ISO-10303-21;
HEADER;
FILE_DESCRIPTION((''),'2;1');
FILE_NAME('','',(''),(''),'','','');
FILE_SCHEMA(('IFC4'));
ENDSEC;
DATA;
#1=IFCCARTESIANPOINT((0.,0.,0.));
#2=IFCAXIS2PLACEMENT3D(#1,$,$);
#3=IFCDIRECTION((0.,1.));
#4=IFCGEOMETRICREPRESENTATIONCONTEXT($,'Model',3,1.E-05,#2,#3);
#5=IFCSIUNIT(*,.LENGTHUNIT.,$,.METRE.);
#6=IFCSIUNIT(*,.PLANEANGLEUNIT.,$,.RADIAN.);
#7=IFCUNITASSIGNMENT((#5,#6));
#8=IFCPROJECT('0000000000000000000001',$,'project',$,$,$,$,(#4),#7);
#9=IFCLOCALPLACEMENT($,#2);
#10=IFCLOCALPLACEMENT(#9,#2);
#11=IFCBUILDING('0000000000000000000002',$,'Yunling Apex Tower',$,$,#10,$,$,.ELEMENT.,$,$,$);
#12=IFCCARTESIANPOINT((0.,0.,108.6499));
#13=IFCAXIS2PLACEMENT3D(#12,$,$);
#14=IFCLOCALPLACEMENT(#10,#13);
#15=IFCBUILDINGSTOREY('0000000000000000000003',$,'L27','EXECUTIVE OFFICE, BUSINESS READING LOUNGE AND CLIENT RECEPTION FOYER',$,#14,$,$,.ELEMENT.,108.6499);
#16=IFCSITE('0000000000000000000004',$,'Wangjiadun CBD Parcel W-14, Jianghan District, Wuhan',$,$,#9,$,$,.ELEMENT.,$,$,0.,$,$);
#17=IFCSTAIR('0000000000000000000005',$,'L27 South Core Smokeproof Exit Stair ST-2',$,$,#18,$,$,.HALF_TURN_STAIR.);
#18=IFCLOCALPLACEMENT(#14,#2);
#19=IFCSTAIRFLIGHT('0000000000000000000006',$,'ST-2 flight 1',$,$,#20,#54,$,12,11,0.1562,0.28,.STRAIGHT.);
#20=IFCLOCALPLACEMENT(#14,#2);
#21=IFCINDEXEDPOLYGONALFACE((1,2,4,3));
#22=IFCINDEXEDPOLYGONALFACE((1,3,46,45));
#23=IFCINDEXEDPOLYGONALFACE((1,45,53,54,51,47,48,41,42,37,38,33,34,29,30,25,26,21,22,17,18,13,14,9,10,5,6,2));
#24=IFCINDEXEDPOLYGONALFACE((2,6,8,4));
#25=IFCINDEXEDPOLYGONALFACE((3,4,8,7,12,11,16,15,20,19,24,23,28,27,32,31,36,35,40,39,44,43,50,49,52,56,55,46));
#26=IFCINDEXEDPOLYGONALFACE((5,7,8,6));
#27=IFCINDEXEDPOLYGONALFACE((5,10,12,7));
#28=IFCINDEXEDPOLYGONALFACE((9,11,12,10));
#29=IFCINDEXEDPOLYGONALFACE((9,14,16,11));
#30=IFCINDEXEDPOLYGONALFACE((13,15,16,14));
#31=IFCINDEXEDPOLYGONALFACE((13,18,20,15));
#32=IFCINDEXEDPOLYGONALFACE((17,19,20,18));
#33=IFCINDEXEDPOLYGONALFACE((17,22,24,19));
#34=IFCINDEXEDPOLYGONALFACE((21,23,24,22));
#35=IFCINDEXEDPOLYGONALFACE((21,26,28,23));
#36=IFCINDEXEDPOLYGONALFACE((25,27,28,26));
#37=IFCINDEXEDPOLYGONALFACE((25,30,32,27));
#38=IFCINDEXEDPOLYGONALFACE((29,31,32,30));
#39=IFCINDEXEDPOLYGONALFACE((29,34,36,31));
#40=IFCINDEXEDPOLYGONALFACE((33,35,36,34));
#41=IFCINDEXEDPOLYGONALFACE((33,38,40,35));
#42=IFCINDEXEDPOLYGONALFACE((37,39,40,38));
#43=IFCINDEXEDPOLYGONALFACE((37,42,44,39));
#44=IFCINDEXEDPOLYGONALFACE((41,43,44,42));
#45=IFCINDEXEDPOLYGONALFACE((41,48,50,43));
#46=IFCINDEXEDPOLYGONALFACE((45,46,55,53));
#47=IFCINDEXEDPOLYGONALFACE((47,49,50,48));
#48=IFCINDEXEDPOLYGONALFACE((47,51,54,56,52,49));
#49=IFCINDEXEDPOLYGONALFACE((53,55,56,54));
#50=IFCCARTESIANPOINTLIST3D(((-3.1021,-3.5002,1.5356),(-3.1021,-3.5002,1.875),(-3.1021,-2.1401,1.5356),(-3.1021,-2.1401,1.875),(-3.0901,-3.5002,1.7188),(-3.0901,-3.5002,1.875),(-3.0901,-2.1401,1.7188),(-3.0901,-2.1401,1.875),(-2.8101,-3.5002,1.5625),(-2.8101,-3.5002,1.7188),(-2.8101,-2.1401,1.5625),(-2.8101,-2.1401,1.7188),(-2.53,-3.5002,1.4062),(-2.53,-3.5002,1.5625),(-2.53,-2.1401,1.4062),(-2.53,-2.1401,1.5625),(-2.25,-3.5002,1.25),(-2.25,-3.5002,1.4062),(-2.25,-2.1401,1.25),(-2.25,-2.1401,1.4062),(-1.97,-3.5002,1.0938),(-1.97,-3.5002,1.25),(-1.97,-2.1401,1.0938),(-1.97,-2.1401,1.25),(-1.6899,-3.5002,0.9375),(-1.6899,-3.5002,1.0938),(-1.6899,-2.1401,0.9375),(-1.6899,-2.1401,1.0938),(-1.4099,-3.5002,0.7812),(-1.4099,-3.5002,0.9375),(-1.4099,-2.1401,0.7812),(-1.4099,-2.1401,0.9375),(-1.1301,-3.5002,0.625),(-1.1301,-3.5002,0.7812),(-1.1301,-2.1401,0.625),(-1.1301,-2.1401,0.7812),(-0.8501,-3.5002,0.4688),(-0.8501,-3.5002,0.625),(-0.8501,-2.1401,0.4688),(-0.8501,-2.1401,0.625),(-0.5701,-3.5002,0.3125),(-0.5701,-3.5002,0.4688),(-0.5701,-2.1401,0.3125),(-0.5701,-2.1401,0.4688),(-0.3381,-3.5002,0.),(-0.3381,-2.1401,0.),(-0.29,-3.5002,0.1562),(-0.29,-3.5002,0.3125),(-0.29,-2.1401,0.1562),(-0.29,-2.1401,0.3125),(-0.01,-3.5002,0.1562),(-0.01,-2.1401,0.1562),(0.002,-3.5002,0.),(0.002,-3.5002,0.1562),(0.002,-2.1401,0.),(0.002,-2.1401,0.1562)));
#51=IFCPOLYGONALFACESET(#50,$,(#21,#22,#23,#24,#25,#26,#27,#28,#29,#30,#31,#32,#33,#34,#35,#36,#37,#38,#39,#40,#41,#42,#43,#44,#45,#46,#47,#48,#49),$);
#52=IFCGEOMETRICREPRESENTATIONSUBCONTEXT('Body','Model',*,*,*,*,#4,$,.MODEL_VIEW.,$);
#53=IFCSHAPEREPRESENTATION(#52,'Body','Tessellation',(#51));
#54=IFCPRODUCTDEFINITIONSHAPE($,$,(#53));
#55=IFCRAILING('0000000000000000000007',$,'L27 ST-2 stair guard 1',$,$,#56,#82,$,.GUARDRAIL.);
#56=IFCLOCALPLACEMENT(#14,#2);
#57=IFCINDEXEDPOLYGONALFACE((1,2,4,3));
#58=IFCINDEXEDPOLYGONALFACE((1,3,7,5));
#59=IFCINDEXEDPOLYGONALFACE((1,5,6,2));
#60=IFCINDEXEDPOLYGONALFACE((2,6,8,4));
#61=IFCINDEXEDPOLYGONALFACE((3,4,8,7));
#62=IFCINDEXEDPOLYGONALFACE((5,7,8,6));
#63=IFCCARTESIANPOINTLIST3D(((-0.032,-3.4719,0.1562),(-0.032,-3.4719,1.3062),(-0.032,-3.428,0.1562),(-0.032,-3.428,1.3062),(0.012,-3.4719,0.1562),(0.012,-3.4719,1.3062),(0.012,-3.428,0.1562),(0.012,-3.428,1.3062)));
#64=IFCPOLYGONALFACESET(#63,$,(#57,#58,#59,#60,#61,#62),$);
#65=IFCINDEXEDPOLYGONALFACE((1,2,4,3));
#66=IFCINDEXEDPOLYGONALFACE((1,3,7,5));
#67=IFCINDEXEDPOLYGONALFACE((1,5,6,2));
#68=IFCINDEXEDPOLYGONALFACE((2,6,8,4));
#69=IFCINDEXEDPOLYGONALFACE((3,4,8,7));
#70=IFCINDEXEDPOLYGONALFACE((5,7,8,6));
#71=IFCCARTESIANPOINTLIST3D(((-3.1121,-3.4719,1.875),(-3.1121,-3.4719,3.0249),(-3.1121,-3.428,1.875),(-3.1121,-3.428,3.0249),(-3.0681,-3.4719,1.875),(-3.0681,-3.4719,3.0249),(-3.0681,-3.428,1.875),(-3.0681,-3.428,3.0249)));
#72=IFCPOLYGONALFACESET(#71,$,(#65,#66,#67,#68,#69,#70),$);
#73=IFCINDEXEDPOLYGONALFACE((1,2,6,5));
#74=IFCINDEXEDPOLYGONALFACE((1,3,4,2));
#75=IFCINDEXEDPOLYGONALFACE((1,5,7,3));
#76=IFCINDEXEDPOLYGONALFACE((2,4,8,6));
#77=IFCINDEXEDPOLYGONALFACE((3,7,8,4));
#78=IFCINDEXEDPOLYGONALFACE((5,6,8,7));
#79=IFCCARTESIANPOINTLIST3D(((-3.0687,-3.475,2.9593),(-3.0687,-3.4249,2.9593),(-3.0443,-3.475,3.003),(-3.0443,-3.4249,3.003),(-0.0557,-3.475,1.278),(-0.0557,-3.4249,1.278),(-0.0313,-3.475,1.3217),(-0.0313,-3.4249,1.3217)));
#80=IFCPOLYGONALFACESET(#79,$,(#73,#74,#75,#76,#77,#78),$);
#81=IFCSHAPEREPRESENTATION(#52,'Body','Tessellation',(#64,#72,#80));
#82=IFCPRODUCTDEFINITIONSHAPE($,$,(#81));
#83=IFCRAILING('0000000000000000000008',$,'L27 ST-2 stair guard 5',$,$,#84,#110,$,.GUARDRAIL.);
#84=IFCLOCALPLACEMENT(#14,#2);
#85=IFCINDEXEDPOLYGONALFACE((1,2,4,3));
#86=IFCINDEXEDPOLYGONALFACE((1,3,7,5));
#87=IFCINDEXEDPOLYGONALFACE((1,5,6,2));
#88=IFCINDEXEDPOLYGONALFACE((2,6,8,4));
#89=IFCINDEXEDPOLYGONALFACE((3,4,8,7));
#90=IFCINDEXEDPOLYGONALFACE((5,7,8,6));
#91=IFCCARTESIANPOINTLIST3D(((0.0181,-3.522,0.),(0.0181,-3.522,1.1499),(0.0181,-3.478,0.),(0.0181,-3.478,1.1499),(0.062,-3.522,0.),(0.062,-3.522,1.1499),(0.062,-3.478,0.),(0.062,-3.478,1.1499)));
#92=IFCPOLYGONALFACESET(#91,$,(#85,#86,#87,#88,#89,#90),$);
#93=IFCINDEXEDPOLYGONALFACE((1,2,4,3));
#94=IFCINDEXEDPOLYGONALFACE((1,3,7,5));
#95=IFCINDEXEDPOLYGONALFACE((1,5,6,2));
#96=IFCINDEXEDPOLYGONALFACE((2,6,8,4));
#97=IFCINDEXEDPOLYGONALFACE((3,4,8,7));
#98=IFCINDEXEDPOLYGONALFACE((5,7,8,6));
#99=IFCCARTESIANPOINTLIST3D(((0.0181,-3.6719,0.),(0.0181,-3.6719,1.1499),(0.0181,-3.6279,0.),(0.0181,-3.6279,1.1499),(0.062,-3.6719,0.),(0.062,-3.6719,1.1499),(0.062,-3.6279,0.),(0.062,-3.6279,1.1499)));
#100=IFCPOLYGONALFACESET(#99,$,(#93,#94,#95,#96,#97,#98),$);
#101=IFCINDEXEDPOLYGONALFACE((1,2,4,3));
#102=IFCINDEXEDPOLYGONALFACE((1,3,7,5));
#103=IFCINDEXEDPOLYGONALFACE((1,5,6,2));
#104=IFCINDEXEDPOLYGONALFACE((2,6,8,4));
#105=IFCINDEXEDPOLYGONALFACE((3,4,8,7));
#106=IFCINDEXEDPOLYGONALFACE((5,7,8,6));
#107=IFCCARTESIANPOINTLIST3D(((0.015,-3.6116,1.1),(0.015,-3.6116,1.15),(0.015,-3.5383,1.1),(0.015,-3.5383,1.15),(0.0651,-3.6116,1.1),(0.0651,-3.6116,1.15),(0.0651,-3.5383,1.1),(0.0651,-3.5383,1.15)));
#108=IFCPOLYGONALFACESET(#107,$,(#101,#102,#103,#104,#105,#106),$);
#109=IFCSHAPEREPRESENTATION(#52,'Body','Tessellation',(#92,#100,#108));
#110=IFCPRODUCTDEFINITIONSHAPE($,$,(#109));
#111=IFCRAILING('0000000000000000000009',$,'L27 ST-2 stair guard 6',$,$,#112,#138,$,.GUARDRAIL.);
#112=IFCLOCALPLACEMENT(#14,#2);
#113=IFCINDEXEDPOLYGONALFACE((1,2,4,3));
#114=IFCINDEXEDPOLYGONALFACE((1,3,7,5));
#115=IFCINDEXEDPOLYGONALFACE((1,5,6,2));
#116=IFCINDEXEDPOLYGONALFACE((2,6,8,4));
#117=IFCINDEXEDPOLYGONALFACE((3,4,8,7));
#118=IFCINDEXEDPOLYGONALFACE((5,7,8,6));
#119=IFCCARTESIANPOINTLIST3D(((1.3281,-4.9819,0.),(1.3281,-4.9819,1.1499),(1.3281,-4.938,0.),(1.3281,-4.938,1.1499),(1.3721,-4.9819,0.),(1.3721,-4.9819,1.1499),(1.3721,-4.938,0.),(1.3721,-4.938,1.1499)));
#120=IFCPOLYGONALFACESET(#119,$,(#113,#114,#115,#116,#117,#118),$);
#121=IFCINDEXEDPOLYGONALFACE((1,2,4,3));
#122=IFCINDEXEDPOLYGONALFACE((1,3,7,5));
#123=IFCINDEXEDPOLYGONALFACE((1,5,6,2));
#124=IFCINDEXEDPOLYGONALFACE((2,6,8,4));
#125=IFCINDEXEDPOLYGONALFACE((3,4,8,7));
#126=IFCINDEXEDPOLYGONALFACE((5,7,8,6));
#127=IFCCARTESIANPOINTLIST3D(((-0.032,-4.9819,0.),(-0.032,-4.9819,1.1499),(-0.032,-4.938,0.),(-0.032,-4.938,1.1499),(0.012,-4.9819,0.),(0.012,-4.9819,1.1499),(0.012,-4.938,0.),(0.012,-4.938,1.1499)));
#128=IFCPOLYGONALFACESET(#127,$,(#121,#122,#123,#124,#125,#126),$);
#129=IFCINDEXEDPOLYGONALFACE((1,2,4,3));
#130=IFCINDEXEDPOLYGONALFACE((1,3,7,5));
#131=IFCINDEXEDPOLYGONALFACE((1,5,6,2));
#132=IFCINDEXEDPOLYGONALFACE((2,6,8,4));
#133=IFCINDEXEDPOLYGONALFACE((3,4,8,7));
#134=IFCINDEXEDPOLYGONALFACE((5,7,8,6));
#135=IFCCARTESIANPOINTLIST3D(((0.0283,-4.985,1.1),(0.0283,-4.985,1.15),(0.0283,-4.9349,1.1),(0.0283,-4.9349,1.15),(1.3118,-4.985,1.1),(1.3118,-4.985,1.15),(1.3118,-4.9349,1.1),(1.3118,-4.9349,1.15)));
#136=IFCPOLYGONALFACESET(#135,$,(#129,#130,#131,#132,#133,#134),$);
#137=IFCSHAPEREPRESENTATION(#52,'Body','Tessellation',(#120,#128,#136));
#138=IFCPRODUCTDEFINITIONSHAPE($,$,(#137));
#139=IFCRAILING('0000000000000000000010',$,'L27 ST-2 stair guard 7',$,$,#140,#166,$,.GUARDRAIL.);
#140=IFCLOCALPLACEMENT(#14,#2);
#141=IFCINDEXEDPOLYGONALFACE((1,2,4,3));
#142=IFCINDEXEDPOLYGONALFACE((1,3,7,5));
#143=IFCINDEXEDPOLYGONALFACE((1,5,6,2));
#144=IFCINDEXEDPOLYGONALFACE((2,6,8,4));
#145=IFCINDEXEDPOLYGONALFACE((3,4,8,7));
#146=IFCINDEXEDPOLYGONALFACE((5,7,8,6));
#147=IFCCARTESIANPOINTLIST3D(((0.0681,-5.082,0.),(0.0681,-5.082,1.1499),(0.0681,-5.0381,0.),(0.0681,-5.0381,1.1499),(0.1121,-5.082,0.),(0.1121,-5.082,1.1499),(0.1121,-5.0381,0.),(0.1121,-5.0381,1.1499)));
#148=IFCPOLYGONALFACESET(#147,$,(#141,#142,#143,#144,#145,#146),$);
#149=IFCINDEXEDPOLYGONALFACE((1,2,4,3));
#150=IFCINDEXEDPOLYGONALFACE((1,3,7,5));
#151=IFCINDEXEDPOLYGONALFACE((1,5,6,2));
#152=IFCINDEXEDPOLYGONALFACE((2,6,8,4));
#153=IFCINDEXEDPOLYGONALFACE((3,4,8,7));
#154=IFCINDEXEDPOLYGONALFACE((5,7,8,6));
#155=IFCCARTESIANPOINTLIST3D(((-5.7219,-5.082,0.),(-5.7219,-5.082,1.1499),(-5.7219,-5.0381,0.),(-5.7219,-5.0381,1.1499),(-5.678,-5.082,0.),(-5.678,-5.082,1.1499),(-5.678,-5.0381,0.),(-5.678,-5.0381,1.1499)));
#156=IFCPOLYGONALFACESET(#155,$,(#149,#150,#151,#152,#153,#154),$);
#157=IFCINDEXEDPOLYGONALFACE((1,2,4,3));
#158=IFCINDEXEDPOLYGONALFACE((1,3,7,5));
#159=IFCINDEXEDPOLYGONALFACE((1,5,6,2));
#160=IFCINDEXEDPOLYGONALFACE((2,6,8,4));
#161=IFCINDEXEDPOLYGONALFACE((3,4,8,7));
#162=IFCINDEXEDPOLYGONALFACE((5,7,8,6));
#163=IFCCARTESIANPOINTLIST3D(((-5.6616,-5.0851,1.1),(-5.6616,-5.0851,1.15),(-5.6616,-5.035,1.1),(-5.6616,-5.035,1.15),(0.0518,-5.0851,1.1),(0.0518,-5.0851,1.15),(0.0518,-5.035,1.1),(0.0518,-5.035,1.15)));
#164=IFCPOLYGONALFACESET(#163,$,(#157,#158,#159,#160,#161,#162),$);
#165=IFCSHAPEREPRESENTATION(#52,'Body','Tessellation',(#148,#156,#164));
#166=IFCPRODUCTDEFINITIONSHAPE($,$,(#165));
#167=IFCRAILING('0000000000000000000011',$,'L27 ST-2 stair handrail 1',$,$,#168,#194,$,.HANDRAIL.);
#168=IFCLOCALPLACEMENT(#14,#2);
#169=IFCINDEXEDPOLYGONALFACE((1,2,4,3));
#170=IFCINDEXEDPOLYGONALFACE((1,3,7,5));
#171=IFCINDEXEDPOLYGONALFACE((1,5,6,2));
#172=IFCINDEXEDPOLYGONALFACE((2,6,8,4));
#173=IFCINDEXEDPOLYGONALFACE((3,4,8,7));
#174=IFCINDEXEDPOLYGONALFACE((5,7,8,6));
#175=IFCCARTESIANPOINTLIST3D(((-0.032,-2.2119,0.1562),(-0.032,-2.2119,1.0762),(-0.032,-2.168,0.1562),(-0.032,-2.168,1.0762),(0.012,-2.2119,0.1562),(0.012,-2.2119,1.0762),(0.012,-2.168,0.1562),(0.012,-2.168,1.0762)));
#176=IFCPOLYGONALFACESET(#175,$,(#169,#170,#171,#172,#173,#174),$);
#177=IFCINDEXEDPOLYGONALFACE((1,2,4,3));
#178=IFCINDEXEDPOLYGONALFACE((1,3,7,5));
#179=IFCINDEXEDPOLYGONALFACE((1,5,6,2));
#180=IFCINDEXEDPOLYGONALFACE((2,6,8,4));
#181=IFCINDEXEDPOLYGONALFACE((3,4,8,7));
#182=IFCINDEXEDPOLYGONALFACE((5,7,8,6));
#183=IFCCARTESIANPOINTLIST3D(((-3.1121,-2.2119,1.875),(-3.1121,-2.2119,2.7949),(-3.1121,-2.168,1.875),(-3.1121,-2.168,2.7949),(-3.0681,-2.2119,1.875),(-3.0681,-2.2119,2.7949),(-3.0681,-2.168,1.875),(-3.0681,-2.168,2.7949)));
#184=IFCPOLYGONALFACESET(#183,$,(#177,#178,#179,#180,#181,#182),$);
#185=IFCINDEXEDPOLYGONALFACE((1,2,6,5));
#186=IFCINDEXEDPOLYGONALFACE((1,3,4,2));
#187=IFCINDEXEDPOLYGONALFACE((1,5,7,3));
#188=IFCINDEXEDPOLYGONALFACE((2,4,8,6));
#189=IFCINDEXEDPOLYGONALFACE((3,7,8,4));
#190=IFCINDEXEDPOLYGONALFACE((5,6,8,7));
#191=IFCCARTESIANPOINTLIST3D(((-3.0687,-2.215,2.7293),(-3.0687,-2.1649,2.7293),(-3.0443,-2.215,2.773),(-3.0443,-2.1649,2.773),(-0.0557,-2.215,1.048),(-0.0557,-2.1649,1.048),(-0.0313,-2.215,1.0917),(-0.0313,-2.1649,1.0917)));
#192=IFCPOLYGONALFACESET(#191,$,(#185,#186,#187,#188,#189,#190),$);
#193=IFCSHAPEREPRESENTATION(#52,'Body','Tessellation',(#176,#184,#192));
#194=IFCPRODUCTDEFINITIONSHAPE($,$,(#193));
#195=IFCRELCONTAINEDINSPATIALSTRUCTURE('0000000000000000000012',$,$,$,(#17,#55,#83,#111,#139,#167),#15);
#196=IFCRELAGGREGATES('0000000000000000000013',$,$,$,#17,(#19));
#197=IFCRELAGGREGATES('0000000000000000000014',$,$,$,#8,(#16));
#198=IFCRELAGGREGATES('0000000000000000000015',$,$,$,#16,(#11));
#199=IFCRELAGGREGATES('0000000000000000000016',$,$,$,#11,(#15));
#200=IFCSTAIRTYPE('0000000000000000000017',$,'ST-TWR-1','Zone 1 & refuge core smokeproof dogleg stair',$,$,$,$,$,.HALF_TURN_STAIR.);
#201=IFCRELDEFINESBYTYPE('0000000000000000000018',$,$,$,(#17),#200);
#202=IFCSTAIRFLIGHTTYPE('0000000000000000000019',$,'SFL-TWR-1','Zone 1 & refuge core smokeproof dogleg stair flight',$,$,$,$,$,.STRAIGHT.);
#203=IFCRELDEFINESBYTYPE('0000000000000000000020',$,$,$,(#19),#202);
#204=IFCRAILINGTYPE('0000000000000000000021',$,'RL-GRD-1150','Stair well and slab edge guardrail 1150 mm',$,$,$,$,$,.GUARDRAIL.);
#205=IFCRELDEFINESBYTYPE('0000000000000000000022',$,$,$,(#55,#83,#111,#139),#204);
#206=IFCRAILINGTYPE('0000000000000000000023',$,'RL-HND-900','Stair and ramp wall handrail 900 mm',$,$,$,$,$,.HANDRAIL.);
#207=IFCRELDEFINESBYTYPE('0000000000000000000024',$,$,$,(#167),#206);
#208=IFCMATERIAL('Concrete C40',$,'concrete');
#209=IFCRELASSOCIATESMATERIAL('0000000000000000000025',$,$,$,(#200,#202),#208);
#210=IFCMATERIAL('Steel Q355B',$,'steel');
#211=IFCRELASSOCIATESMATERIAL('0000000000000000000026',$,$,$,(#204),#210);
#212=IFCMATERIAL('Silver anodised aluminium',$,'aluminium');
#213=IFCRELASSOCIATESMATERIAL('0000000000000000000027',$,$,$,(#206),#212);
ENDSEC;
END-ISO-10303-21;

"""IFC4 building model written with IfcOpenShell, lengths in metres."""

from ifc_helpers import new_model, si_unit, direction, frame, origin, origin_2d, place, context, subcontext, project, spatial, polyline, rectangle, outline, extrude, material, type_object, element, aggregate, save


model = new_model("IFC4")

# Units and contexts
model_context = context("Model", 3, precision=1e-05, world=origin(), true_north=direction((0.0, 1.0)))
body_context = subcontext(model_context, "Body", "Model", "MODEL_VIEW")
ifc_project = project(units=[si_unit("LENGTHUNIT", "METRE"), si_unit("PLANEANGLEUNIT", "RADIAN")], contexts=[model_context])

# Site, building, storey
site_placement = place(None, origin())
site = spatial("IfcSite", under=ifc_project, at=site_placement, Name="Wangjiadun CBD Parcel W-14, Jianghan District, Wuhan", CompositionType="ELEMENT", RefElevation=0.0)
building_placement = place(site_placement, origin())
building = spatial("IfcBuilding", under=site, at=building_placement, Name="Yunling Apex Tower", CompositionType="ELEMENT")
storey_placement = place(building_placement, frame((0.0, 0.0, 108.6499)))
storey = spatial("IfcBuildingStorey", under=building, at=storey_placement, Name="L27", Description="EXECUTIVE OFFICE, BUSINESS READING LOUNGE AND CLIENT RECEPTION FOYER", CompositionType="ELEMENT", Elevation=108.6499)

# Shared definitions
ifc_material_1 = material(Name="Concrete C40", Category="concrete")

# Shared definitions
ifc_material_2 = material(Name="Steel Q355B", Category="steel")

# Stair, stair flight
stair_type = type_object("IfcStairType", Name="ST-TWR-1", Description="Zone 1 & refuge core smokeproof dogleg stair", PredefinedType="HALF_TURN_STAIR", material=ifc_material_1)
stair_placement = place(storey_placement, origin())
stair = element("IfcStair", 1, at=stair_placement, inside=storey, type_object=stair_type, Name="L27 South Core Smokeproof Exit Stair ST-2", PredefinedType="HALF_TURN_STAIR")
stair_flight_type = type_object("IfcStairFlightType", Name="SFL-TWR-1", Description="Zone 1 & refuge core smokeproof dogleg stair flight", PredefinedType="STRAIGHT", material=ifc_material_1)
stair_flight_placement = place(storey_placement, frame((-0.01, -2.8201, 0.0), z_axis=(0.0, 0.0, 1.0), x_axis=(-1.0, 0.0, 0.0)))
stair_flight = element("IfcStairFlight", 2, at=stair_flight_placement, type_object=stair_flight_type, Name="ST-2 flight 1", NumberOfRisers=12, NumberOfTreads=11, PredefinedType="STRAIGHT", RiserHeight=0.1562, TreadLength=0.28, context=body_context, shape_type="SweptSolid", body=[
    extrude(outline(polyline([(-0.012, 0.0), (-0.012, 0.1562), (0.0, 0.1562), (0.28, 0.1562), (0.28, 0.3125), (0.5601, 0.3125), (0.5601, 0.4688), (0.8401, 0.4688), (0.8401, 0.625), (1.1201, 0.625), (1.1201, 0.7812), (1.3999, 0.7812), (1.3999, 0.9375), (1.6799, 0.9375), (1.6799, 1.0938), (1.96, 1.0938), (1.96, 1.25), (2.24, 1.25), (2.24, 1.4062), (2.52, 1.4062), (2.52, 1.5625), (2.8, 1.5625), (2.8, 1.7188), (3.0801, 1.7188), (3.0801, 1.875), (3.092, 1.875), (3.092, 1.5356), (0.3281, 0.0), (-0.012, 0.0)])), frame((0.0, 0.6802, 0.0), z_axis=(0.0, -1.0, 0.0), x_axis=(1.0, 0.0, 0.0)), (0.0, 0.0, 1.0), 1.3601),
])
aggregate(stair, [stair_flight])

# Railings
railing_type_1 = type_object("IfcRailingType", Name="RL-GRD-1150", Description="Stair well and slab edge guardrail 1150 mm", PredefinedType="GUARDRAIL", material=ifc_material_2)
railing_1_placement = place(storey_placement, frame((-0.01, -3.45, 0.1562)))
element("IfcRailing", 3, at=railing_1_placement, inside=storey, type_object=railing_type_1, Name="L27 ST-2 stair guard 1", PredefinedType="GUARDRAIL", context=body_context, shape_type="SweptSolid", body=[
    extrude(rectangle(XDim=0.0439, YDim=0.0439, at=origin_2d()), origin(), (0.0, 0.0, 1.0), 1.1499),
    extrude(rectangle(XDim=0.0439, YDim=0.0439, at=origin_2d()), frame((-3.0801, 0.0, 1.7188)), (0.0, 0.0, 1.0), 1.1499),
    extrude(rectangle(XDim=0.05, YDim=0.05, at=origin_2d()), frame((-0.0334, 0.0, 1.1436), z_axis=(-0.873242, 0.0, 0.487288), x_axis=(0.0, -1.0, 0.0)), (0.0, 0.0, 1.0), 3.4504),
])
railing_2_placement = place(storey_placement, frame((0.04, -3.5, 0.0)))
element("IfcRailing", 4, at=railing_2_placement, inside=storey, type_object=railing_type_1, Name="L27 ST-2 stair guard 5", PredefinedType="GUARDRAIL", context=body_context, shape_type="SweptSolid", body=[
    extrude(rectangle(XDim=0.0439, YDim=0.0439, at=origin_2d()), origin(), (0.0, 0.0, 1.0), 1.1499),
    extrude(rectangle(XDim=0.0439, YDim=0.0439, at=origin_2d()), frame((0.0, -0.1499, 0.0)), (0.0, 0.0, 1.0), 1.1499),
    extrude(rectangle(XDim=0.05, YDim=0.05, at=origin_2d()), frame((0.0, -0.0383, 1.125), z_axis=(0.0, -1.0, 0.0), x_axis=(1.0, 0.0, 0.0)), (0.0, 0.0, 1.0), 0.0732),
])
railing_3_placement = place(storey_placement, frame((1.3501, -4.96, 0.0)))
element("IfcRailing", 5, at=railing_3_placement, inside=storey, type_object=railing_type_1, Name="L27 ST-2 stair guard 6", PredefinedType="GUARDRAIL", context=body_context, shape_type="SweptSolid", body=[
    extrude(rectangle(XDim=0.0439, YDim=0.0439, at=origin_2d()), origin(), (0.0, 0.0, 1.0), 1.1499),
    extrude(rectangle(XDim=0.0439, YDim=0.0439, at=origin_2d()), frame((-1.3601, 0.0, 0.0)), (0.0, 0.0, 1.0), 1.1499),
    extrude(rectangle(XDim=0.05, YDim=0.05, at=origin_2d()), frame((-0.0383, 0.0, 1.125), z_axis=(-1.0, 0.0, 0.0), x_axis=(0.0, -1.0, 0.0)), (0.0, 0.0, 1.0), 1.2834),
])
railing_4_placement = place(storey_placement, frame((0.0901, -5.0601, 0.0)))
element("IfcRailing", 6, at=railing_4_placement, inside=storey, type_object=railing_type_1, Name="L27 ST-2 stair guard 7", PredefinedType="GUARDRAIL", context=body_context, shape_type="SweptSolid", body=[
    extrude(rectangle(XDim=0.0439, YDim=0.0439, at=origin_2d()), origin(), (0.0, 0.0, 1.0), 1.1499),
    extrude(rectangle(XDim=0.0439, YDim=0.0439, at=origin_2d()), frame((-5.79, 0.0, 0.0)), (0.0, 0.0, 1.0), 1.1499),
    extrude(rectangle(XDim=0.05, YDim=0.05, at=origin_2d()), frame((-0.0383, 0.0, 1.125), z_axis=(-1.0, 0.0, 0.0), x_axis=(0.0, -1.0, 0.0)), (0.0, 0.0, 1.0), 5.7134),
])
ifc_material_3 = material(Name="Silver anodised aluminium", Category="aluminium")
railing_type_2 = type_object("IfcRailingType", Name="RL-HND-900", Description="Stair and ramp wall handrail 900 mm", PredefinedType="HANDRAIL", material=ifc_material_3)
railing_5_placement = place(storey_placement, frame((-0.01, -2.1899, 0.1562)))
element("IfcRailing", 7, at=railing_5_placement, inside=storey, type_object=railing_type_2, Name="L27 ST-2 stair handrail 1", PredefinedType="HANDRAIL", context=body_context, shape_type="SweptSolid", body=[
    extrude(rectangle(XDim=0.0439, YDim=0.0439, at=origin_2d()), origin(), (0.0, 0.0, 1.0), 0.9199),
    extrude(rectangle(XDim=0.0439, YDim=0.0439, at=origin_2d()), frame((-3.0801, 0.0, 1.7188)), (0.0, 0.0, 1.0), 0.9199),
    extrude(rectangle(XDim=0.05, YDim=0.05, at=origin_2d()), frame((-0.0334, 0.0, 0.9136), z_axis=(-0.873242, 0.0, 0.487288), x_axis=(0.0, -1.0, 0.0)), (0.0, 0.0, 1.0), 3.4504),
])

save(model, "model.ifc")
